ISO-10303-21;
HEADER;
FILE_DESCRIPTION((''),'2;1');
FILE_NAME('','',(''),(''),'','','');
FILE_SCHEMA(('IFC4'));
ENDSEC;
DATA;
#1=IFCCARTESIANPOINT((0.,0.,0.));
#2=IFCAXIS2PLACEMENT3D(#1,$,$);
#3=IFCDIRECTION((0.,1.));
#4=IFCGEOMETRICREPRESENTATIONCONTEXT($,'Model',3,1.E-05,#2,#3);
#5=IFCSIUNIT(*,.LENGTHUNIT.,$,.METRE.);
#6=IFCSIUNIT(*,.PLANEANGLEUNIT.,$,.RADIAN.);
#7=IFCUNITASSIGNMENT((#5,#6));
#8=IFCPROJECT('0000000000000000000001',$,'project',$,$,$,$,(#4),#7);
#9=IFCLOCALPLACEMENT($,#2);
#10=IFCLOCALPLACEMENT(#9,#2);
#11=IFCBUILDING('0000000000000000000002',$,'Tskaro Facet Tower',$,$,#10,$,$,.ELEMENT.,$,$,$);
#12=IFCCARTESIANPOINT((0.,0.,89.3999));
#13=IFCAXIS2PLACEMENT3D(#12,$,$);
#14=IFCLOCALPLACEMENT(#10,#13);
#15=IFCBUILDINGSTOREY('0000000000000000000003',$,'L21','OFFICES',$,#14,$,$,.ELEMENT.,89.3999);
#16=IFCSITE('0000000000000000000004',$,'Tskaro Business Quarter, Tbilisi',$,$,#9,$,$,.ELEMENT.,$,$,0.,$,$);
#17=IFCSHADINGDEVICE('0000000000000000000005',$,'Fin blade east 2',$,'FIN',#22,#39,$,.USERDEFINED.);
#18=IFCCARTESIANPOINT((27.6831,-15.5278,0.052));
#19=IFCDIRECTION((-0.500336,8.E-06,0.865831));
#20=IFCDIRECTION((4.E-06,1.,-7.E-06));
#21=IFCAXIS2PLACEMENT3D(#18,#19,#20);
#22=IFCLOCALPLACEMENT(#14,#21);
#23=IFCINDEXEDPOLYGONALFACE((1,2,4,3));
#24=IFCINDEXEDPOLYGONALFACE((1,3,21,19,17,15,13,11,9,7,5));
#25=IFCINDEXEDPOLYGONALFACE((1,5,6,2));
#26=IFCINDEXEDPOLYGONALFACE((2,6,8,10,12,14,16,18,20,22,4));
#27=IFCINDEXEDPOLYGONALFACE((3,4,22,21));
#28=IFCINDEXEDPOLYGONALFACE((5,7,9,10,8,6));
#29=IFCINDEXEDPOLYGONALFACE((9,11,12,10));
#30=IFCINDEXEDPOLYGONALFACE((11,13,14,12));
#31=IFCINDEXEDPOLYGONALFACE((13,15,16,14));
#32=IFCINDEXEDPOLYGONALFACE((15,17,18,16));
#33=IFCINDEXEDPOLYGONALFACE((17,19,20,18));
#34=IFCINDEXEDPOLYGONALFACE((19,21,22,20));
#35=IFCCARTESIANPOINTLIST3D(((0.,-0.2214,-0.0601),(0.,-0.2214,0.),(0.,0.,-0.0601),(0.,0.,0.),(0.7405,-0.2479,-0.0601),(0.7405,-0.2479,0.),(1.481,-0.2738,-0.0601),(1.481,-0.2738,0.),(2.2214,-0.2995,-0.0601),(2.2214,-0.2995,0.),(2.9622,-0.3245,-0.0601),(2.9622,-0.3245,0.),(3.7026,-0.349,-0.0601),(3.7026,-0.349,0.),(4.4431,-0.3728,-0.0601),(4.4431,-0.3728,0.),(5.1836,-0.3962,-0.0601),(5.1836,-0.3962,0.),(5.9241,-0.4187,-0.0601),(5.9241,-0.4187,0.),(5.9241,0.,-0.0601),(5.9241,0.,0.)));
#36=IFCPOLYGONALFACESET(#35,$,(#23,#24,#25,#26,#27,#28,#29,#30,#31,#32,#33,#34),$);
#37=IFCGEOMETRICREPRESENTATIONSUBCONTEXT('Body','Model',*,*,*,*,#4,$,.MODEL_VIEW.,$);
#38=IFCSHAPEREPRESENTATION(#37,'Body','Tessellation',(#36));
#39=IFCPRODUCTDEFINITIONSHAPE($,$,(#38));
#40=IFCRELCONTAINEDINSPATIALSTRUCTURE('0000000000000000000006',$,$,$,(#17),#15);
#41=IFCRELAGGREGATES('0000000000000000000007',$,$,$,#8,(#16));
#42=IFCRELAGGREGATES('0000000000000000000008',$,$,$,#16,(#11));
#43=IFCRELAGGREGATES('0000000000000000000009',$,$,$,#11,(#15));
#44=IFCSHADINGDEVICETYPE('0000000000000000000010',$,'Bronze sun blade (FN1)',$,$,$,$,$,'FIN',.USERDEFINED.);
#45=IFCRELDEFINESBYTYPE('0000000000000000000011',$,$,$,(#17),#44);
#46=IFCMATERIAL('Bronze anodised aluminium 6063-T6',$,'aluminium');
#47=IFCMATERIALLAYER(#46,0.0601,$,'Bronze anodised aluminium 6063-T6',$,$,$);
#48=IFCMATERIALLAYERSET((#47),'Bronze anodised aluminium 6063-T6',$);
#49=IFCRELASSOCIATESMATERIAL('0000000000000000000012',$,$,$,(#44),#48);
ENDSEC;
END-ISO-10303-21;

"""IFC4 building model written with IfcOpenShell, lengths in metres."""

from ifc_helpers import new_model, si_unit, direction, frame, origin, place, context, subcontext, project, spatial, polyline, outline, extrude, material, layer, layer_set, type_object, element, save


model = new_model("IFC4")

# Units and contexts
model_context = context("Model", 3, precision=1e-05, world=origin(), true_north=direction((0.0, 1.0)))
body_context = subcontext(model_context, "Body", "Model", "MODEL_VIEW")
ifc_project = project(units=[si_unit("LENGTHUNIT", "METRE"), si_unit("PLANEANGLEUNIT", "RADIAN")], contexts=[model_context])

# Site, building, storey
site_placement = place(None, origin())
site = spatial("IfcSite", under=ifc_project, at=site_placement, Name="Tskaro Business Quarter, Tbilisi", CompositionType="ELEMENT", RefElevation=0.0)
building_placement = place(site_placement, origin())
building = spatial("IfcBuilding", under=site, at=building_placement, Name="Tskaro Facet Tower", CompositionType="ELEMENT")
storey_placement = place(building_placement, frame((0.0, 0.0, 89.3999)))
storey = spatial("IfcBuildingStorey", under=building, at=storey_placement, Name="L21", Description="OFFICES", CompositionType="ELEMENT", Elevation=89.3999)

# Shared definitions
ifc_material_1 = material(Name="Bronze anodised aluminium 6063-T6", Category="aluminium")

# Shading device
ifc_layer_1 = layer(ifc_material_1, 0.0601, Name="Bronze anodised aluminium 6063-T6")
ifc_layer_set_1 = layer_set([ifc_layer_1], Name="Bronze anodised aluminium 6063-T6")
shading_device_type = type_object("IfcShadingDeviceType", Name="Bronze sun blade (FN1)", ElementType="FIN", PredefinedType="USERDEFINED", material=ifc_layer_set_1)
shading_device_1_placement = place(storey_placement, frame((27.6831, -15.5278, 0.052), z_axis=(-0.500336, 0.000008, 0.865831), x_axis=(0.000004, 1.0, -0.000007)))
element("IfcShadingDevice", 1, at=shading_device_1_placement, inside=storey, type_object=shading_device_type, Name="Fin blade east 2", ObjectType="FIN", PredefinedType="USERDEFINED", context=body_context, shape_type="SweptSolid", body=[
    extrude(outline(polyline([(0.0, 0.0), (5.9241, 0.0), (5.9241, -0.4187), (5.1836, -0.3962), (4.4431, -0.3728), (3.7026, -0.349), (2.9622, -0.3245), (2.2214, -0.2995), (1.481, -0.2738), (0.7405, -0.2479), (0.0, -0.2214), (0.0, 0.0)])), origin(), (0.0, 0.0, -1.0), 0.0601),
])

save(model, "model.ifc")
